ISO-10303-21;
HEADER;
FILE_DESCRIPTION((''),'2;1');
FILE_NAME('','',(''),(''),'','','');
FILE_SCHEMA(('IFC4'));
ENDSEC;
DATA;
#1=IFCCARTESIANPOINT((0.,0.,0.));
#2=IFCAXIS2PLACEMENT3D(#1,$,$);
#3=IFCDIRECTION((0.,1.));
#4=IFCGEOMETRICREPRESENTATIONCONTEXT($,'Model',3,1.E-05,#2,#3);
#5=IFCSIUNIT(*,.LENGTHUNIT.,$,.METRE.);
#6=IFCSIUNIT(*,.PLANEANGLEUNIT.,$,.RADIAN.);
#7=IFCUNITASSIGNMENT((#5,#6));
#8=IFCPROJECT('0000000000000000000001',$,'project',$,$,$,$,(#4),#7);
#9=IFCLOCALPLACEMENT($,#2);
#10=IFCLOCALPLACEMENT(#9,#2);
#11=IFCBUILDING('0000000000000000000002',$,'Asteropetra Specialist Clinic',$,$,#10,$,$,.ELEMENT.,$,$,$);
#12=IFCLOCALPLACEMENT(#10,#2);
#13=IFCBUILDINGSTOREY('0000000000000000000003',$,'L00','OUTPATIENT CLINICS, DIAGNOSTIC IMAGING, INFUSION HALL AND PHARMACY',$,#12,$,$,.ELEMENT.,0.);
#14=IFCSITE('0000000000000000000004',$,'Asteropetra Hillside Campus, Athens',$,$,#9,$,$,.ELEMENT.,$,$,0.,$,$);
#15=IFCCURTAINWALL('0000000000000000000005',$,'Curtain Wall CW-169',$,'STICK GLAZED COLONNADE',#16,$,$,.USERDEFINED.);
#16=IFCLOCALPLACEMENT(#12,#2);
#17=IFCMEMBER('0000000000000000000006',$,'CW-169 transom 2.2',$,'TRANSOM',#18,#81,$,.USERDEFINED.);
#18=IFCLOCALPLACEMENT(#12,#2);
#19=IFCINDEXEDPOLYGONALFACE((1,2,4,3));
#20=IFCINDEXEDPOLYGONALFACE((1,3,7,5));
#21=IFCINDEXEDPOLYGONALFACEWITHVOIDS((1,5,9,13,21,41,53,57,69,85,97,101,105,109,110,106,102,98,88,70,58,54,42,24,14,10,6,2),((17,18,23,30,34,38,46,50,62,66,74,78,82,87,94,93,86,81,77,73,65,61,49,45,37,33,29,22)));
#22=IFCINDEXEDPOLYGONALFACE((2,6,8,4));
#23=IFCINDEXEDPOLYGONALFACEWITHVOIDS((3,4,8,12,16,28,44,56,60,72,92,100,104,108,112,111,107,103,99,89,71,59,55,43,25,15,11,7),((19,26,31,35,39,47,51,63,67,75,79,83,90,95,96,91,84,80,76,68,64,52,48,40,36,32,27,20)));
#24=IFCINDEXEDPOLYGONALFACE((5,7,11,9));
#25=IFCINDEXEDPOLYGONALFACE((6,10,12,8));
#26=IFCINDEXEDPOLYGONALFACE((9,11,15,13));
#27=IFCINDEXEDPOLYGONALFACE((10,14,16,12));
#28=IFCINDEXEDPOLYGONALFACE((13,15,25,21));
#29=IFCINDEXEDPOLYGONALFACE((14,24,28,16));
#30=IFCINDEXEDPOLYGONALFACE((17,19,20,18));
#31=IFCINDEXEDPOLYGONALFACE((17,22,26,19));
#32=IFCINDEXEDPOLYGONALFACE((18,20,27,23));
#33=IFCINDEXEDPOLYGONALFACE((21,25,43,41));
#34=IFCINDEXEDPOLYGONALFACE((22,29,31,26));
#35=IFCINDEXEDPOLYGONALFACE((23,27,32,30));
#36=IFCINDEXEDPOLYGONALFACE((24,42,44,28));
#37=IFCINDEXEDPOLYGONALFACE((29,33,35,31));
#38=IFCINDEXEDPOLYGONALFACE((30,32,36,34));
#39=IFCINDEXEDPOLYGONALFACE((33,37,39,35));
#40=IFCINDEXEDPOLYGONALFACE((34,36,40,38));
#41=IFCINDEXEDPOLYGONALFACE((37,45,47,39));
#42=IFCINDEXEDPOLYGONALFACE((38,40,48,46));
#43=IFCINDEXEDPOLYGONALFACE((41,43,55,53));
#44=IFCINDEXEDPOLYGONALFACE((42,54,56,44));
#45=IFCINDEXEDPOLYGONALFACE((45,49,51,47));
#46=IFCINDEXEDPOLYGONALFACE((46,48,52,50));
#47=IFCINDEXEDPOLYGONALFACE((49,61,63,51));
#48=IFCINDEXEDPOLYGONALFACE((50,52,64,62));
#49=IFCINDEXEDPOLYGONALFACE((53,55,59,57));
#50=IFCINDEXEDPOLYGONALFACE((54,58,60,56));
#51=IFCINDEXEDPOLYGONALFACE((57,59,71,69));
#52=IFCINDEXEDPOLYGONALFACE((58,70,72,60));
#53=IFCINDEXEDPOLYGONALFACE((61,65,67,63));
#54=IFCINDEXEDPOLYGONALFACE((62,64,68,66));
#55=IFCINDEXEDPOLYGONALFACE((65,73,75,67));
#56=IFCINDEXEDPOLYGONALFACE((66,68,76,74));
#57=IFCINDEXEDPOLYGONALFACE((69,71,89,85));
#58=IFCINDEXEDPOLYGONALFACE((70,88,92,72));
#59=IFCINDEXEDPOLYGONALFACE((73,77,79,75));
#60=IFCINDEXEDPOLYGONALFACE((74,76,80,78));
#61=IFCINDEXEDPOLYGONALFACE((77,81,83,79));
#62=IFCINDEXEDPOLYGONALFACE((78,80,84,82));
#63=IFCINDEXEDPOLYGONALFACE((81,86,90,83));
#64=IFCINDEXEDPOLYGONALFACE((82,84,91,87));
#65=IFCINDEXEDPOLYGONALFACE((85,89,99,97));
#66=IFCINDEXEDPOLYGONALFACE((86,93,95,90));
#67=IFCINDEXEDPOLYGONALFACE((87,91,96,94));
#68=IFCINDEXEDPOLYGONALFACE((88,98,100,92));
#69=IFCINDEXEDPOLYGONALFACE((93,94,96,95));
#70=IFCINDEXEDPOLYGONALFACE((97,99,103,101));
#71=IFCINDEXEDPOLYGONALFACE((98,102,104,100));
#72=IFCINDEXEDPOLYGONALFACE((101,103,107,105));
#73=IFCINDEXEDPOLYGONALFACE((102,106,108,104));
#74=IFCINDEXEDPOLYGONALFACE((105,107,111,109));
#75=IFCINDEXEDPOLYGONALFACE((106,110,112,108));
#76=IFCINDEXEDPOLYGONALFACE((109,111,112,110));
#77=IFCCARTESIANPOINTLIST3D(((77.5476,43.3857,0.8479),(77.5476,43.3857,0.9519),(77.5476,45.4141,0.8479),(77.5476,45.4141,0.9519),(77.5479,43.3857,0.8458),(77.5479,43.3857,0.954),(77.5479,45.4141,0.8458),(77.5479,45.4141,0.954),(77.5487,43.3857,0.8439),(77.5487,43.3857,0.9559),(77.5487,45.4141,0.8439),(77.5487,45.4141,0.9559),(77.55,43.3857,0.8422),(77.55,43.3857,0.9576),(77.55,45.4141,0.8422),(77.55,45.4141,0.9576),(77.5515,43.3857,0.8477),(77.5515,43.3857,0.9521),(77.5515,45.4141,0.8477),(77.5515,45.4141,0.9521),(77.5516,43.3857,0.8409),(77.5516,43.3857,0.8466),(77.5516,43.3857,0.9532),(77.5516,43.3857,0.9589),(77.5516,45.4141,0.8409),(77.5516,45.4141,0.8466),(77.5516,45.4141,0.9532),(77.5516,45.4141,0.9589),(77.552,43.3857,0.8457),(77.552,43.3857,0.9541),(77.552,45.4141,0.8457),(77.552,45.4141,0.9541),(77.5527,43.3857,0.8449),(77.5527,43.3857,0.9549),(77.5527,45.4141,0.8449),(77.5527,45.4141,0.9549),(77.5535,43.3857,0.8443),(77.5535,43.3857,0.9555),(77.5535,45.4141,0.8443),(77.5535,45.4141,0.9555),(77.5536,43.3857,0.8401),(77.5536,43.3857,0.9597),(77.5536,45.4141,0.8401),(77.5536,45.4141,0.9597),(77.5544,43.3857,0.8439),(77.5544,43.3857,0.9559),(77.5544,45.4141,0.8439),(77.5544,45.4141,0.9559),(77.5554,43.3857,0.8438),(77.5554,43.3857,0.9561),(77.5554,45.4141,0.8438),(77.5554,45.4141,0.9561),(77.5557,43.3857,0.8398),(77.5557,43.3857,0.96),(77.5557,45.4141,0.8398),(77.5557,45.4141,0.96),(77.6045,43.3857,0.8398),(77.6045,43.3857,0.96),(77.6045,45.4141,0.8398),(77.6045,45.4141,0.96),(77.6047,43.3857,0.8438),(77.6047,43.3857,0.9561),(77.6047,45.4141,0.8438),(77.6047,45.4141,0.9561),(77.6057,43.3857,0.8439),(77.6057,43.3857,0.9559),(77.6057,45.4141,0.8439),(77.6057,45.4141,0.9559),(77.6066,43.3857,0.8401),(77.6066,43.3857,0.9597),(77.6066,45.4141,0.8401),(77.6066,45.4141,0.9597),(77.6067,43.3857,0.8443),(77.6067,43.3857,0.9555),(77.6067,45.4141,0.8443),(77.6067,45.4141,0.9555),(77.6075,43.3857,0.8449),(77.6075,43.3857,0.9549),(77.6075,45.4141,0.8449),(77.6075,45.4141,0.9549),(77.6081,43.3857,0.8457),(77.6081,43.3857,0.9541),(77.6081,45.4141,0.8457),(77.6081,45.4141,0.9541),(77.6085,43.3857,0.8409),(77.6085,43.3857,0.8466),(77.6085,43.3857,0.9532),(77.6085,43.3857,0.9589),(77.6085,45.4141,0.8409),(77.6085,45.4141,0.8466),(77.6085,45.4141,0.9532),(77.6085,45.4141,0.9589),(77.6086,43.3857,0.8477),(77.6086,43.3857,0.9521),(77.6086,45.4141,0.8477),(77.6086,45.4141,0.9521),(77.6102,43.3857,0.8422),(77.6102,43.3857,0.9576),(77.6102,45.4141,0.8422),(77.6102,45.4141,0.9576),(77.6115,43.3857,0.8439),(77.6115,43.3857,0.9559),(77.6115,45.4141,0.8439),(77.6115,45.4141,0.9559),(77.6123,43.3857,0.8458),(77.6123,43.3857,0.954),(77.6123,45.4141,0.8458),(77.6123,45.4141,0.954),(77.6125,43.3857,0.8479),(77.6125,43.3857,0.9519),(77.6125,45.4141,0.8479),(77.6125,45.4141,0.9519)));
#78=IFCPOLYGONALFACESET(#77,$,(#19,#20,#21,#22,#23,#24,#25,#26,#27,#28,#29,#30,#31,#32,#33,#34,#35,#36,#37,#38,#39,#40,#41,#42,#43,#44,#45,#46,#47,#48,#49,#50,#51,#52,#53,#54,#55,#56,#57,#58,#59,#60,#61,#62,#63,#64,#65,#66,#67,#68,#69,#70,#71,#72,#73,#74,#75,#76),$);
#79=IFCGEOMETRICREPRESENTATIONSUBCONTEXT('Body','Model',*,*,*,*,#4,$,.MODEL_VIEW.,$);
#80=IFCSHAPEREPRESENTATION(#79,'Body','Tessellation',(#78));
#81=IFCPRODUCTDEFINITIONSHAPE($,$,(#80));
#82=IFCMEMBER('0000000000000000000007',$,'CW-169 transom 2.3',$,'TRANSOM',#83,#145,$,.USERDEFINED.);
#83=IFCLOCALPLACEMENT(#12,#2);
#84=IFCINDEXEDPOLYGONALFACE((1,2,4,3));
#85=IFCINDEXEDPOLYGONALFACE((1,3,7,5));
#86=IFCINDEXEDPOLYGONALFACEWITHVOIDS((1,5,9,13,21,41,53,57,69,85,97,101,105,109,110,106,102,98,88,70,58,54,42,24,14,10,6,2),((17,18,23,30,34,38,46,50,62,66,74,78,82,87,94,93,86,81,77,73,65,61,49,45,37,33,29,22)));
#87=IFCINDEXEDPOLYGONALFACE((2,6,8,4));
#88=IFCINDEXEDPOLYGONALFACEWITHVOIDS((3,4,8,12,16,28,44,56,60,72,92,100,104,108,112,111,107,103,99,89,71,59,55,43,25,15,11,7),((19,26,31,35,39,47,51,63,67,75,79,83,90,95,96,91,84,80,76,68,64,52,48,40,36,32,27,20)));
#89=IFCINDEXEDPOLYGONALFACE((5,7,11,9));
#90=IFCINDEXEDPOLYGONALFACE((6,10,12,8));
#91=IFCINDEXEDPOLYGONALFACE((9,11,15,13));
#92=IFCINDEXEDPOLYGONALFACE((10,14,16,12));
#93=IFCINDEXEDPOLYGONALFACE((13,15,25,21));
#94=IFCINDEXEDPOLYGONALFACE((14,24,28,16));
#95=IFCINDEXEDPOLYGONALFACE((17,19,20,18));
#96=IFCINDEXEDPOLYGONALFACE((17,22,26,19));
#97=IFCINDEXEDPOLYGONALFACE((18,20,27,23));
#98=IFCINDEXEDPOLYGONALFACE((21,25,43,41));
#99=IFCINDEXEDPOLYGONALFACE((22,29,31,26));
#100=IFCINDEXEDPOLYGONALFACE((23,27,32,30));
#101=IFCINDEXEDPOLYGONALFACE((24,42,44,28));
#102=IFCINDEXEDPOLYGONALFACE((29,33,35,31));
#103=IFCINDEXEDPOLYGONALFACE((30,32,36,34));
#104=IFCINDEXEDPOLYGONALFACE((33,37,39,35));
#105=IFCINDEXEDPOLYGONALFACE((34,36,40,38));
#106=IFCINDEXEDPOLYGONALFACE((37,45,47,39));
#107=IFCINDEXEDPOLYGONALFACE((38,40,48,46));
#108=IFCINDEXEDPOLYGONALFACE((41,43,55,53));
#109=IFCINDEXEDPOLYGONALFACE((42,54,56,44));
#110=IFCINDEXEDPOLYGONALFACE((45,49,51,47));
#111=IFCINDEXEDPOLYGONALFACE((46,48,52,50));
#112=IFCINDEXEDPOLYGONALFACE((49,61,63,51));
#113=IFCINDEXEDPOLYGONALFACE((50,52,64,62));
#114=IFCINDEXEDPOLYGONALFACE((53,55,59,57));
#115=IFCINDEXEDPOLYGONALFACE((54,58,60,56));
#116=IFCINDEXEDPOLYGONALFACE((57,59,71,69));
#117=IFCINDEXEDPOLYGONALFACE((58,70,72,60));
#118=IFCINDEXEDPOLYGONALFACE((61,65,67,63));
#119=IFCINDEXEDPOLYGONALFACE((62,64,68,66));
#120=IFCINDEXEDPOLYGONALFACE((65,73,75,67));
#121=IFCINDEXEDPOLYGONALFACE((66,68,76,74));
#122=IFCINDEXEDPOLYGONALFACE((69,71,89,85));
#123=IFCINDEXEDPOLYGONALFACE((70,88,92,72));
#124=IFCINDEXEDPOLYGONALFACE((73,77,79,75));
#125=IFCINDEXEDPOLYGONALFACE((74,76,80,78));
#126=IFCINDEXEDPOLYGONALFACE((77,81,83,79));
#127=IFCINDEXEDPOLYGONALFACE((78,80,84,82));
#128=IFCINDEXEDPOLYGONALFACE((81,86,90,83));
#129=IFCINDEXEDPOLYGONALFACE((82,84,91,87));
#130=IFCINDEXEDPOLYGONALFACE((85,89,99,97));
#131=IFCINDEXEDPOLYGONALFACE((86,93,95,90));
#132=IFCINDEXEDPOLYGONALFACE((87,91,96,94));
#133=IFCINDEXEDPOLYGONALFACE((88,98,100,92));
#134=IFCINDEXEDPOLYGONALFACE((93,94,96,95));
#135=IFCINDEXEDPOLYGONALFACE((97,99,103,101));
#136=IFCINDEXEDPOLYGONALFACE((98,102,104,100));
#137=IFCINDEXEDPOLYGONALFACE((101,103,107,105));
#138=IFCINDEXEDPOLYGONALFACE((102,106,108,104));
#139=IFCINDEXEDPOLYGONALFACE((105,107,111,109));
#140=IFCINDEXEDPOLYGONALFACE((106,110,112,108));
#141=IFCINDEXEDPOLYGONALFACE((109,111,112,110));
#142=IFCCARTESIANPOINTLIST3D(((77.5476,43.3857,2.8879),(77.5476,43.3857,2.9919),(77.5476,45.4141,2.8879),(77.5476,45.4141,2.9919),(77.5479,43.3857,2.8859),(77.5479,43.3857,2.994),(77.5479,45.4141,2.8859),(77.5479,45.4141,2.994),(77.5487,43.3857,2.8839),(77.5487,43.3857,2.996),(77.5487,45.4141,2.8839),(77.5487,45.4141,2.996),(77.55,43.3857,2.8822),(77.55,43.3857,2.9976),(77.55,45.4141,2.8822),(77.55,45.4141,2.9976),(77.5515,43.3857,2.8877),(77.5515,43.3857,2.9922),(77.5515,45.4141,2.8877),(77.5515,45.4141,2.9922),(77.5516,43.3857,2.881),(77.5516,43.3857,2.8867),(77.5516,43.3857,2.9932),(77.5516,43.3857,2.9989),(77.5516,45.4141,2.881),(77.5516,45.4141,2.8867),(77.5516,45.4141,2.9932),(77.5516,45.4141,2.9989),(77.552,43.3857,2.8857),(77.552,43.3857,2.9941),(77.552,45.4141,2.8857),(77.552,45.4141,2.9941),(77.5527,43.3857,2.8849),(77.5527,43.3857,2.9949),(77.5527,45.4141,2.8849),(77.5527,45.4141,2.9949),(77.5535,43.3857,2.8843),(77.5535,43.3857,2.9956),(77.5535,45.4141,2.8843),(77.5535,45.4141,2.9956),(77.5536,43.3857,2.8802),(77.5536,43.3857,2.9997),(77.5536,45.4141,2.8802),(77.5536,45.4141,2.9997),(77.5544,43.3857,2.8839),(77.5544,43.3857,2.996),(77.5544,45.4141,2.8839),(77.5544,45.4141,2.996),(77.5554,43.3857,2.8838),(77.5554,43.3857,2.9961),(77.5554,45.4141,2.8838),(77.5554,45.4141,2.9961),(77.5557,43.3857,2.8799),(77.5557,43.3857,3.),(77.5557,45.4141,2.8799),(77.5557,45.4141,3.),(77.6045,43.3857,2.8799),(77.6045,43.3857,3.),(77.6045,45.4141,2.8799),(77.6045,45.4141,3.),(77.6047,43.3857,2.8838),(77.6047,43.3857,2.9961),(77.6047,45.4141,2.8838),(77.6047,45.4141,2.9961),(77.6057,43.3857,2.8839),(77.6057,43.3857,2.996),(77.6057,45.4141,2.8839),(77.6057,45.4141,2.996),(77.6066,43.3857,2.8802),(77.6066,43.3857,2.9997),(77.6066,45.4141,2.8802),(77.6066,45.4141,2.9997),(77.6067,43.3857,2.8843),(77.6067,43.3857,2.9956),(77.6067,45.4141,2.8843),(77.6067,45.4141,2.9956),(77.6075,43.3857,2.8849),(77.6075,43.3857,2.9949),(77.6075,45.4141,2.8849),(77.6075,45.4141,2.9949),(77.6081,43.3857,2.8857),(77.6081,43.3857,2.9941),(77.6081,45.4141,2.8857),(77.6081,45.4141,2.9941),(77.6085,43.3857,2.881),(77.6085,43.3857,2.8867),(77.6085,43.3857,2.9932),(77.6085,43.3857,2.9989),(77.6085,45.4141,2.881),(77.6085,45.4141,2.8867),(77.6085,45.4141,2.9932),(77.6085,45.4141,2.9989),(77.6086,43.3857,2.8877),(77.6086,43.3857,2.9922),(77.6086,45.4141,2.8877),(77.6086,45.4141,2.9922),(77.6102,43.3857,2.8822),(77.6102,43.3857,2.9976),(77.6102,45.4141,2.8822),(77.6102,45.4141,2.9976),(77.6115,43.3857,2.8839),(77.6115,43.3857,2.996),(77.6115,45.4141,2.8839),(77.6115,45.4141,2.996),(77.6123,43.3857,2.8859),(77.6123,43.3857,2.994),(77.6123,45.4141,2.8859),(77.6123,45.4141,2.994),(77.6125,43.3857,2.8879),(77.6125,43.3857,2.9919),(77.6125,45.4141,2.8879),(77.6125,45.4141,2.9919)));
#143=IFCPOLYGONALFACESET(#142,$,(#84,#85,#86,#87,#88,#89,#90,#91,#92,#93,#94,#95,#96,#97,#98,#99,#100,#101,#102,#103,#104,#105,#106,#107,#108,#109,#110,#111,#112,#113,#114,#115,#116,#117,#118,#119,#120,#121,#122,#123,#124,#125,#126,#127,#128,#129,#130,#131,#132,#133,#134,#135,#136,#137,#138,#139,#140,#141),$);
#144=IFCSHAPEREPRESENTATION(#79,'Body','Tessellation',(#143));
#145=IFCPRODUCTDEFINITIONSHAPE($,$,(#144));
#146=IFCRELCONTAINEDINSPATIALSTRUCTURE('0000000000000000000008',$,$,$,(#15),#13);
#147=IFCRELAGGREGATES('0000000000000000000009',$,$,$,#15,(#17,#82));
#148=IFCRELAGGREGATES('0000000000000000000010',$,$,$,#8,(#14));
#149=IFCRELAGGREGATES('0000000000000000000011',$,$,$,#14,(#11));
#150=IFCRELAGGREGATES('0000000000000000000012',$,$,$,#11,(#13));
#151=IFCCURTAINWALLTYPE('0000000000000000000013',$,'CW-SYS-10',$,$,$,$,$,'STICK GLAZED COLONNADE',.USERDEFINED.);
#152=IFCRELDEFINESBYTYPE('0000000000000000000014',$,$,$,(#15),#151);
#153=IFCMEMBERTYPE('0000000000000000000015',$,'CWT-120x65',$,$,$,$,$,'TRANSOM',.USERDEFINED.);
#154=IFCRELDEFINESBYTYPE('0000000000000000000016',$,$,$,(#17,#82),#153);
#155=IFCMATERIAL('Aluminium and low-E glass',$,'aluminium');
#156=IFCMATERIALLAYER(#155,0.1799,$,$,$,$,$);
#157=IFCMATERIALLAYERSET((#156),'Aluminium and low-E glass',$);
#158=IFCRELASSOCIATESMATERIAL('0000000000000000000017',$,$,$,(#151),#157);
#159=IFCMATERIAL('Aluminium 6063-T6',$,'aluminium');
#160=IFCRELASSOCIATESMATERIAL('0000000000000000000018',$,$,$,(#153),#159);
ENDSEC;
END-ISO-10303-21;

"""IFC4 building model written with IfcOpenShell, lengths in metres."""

from ifc_helpers import new_model, si_unit, direction, frame, origin, origin_2d, place, context, subcontext, project, spatial, hollow_rectangle, extrude, material, layer, layer_set, material_profile, profile_set, type_object, element, aggregate, save


model = new_model("IFC4")

# Units and contexts
model_context = context("Model", 3, precision=1e-05, world=origin(), true_north=direction((0.0, 1.0)))
body_context = subcontext(model_context, "Body", "Model", "MODEL_VIEW")
ifc_project = project(units=[si_unit("LENGTHUNIT", "METRE"), si_unit("PLANEANGLEUNIT", "RADIAN")], contexts=[model_context])

# Site, building, storey
site_placement = place(None, origin())
site = spatial("IfcSite", under=ifc_project, at=site_placement, Name="Asteropetra Hillside Campus, Athens", CompositionType="ELEMENT", RefElevation=0.0)
building_placement = place(site_placement, origin())
building = spatial("IfcBuilding", under=site, at=building_placement, Name="Asteropetra Specialist Clinic", CompositionType="ELEMENT")
storey_placement = place(building_placement, origin())
storey = spatial("IfcBuildingStorey", under=building, at=storey_placement, Name="L00", Description="OUTPATIENT CLINICS, DIAGNOSTIC IMAGING, INFUSION HALL AND PHARMACY", CompositionType="ELEMENT", Elevation=0.0)

# Curtain wall, members
ifc_material_1 = material(Name="Aluminium and low-E glass", Category="aluminium")
ifc_layer_1 = layer(ifc_material_1, 0.1799)
ifc_layer_set_1 = layer_set([ifc_layer_1], Name="Aluminium and low-E glass")
curtain_wall_type = type_object("IfcCurtainWallType", Name="CW-SYS-10", ElementType="STICK GLAZED COLONNADE", PredefinedType="USERDEFINED", material=ifc_layer_set_1)
curtain_wall_placement = place(storey_placement, origin())
curtain_wall = element("IfcCurtainWall", 1, at=curtain_wall_placement, inside=storey, type_object=curtain_wall_type, Name="Curtain Wall CW-169", ObjectType="STICK GLAZED COLONNADE", PredefinedType="USERDEFINED")
ifc_material_2 = material(Name="Aluminium 6063-T6", Category="aluminium")
ifc_material_profile_1 = material_profile(ifc_material_2, hollow_rectangle(XDim=0.0649, YDim=0.1201, WallThickness=0.0039, InnerFilletRadius=0.0039, OuterFilletRadius=0.0081, at=origin_2d()), Name="TRN 120x65x4.0")
ifc_profile_set_1 = profile_set([ifc_material_profile_1], Name="Aluminium 6063-T6")
member_type_1 = type_object("IfcMemberType", Name="CWT-120x65", ElementType="TRANSOM", PredefinedType="USERDEFINED", material=ifc_profile_set_1)
member_1_placement = place(storey_placement, frame((77.5801, 45.4141, 0.8999), z_axis=(0.0, -1.0, 0.0), x_axis=(1.0, 0.0, 0.0)))
member_1 = element("IfcMember", 2, at=member_1_placement, type_object=member_type_1, Name="CW-169 transom 2.2", ObjectType="TRANSOM", PredefinedType="USERDEFINED", context=body_context, shape_type="SweptSolid", body=[
    extrude(hollow_rectangle(XDim=0.0649, YDim=0.1201, WallThickness=0.0039, InnerFilletRadius=0.0039, OuterFilletRadius=0.0081, at=origin_2d()), origin(), (0.0, 0.0, 1.0), 2.0283),
])
member_2_placement = place(storey_placement, frame((77.5801, 45.4141, 2.9399), z_axis=(0.0, -1.0, 0.0), x_axis=(1.0, 0.0, 0.0)))
member_2 = element("IfcMember", 3, at=member_2_placement, type_object=member_type_1, Name="CW-169 transom 2.3", ObjectType="TRANSOM", PredefinedType="USERDEFINED", context=body_context, shape_type="SweptSolid", body=[
    extrude(hollow_rectangle(XDim=0.0649, YDim=0.1201, WallThickness=0.0039, InnerFilletRadius=0.0039, OuterFilletRadius=0.0081, at=origin_2d()), origin(), (0.0, 0.0, 1.0), 2.0283),
])
aggregate(curtain_wall, [member_1, member_2])

save(model, "model.ifc")
